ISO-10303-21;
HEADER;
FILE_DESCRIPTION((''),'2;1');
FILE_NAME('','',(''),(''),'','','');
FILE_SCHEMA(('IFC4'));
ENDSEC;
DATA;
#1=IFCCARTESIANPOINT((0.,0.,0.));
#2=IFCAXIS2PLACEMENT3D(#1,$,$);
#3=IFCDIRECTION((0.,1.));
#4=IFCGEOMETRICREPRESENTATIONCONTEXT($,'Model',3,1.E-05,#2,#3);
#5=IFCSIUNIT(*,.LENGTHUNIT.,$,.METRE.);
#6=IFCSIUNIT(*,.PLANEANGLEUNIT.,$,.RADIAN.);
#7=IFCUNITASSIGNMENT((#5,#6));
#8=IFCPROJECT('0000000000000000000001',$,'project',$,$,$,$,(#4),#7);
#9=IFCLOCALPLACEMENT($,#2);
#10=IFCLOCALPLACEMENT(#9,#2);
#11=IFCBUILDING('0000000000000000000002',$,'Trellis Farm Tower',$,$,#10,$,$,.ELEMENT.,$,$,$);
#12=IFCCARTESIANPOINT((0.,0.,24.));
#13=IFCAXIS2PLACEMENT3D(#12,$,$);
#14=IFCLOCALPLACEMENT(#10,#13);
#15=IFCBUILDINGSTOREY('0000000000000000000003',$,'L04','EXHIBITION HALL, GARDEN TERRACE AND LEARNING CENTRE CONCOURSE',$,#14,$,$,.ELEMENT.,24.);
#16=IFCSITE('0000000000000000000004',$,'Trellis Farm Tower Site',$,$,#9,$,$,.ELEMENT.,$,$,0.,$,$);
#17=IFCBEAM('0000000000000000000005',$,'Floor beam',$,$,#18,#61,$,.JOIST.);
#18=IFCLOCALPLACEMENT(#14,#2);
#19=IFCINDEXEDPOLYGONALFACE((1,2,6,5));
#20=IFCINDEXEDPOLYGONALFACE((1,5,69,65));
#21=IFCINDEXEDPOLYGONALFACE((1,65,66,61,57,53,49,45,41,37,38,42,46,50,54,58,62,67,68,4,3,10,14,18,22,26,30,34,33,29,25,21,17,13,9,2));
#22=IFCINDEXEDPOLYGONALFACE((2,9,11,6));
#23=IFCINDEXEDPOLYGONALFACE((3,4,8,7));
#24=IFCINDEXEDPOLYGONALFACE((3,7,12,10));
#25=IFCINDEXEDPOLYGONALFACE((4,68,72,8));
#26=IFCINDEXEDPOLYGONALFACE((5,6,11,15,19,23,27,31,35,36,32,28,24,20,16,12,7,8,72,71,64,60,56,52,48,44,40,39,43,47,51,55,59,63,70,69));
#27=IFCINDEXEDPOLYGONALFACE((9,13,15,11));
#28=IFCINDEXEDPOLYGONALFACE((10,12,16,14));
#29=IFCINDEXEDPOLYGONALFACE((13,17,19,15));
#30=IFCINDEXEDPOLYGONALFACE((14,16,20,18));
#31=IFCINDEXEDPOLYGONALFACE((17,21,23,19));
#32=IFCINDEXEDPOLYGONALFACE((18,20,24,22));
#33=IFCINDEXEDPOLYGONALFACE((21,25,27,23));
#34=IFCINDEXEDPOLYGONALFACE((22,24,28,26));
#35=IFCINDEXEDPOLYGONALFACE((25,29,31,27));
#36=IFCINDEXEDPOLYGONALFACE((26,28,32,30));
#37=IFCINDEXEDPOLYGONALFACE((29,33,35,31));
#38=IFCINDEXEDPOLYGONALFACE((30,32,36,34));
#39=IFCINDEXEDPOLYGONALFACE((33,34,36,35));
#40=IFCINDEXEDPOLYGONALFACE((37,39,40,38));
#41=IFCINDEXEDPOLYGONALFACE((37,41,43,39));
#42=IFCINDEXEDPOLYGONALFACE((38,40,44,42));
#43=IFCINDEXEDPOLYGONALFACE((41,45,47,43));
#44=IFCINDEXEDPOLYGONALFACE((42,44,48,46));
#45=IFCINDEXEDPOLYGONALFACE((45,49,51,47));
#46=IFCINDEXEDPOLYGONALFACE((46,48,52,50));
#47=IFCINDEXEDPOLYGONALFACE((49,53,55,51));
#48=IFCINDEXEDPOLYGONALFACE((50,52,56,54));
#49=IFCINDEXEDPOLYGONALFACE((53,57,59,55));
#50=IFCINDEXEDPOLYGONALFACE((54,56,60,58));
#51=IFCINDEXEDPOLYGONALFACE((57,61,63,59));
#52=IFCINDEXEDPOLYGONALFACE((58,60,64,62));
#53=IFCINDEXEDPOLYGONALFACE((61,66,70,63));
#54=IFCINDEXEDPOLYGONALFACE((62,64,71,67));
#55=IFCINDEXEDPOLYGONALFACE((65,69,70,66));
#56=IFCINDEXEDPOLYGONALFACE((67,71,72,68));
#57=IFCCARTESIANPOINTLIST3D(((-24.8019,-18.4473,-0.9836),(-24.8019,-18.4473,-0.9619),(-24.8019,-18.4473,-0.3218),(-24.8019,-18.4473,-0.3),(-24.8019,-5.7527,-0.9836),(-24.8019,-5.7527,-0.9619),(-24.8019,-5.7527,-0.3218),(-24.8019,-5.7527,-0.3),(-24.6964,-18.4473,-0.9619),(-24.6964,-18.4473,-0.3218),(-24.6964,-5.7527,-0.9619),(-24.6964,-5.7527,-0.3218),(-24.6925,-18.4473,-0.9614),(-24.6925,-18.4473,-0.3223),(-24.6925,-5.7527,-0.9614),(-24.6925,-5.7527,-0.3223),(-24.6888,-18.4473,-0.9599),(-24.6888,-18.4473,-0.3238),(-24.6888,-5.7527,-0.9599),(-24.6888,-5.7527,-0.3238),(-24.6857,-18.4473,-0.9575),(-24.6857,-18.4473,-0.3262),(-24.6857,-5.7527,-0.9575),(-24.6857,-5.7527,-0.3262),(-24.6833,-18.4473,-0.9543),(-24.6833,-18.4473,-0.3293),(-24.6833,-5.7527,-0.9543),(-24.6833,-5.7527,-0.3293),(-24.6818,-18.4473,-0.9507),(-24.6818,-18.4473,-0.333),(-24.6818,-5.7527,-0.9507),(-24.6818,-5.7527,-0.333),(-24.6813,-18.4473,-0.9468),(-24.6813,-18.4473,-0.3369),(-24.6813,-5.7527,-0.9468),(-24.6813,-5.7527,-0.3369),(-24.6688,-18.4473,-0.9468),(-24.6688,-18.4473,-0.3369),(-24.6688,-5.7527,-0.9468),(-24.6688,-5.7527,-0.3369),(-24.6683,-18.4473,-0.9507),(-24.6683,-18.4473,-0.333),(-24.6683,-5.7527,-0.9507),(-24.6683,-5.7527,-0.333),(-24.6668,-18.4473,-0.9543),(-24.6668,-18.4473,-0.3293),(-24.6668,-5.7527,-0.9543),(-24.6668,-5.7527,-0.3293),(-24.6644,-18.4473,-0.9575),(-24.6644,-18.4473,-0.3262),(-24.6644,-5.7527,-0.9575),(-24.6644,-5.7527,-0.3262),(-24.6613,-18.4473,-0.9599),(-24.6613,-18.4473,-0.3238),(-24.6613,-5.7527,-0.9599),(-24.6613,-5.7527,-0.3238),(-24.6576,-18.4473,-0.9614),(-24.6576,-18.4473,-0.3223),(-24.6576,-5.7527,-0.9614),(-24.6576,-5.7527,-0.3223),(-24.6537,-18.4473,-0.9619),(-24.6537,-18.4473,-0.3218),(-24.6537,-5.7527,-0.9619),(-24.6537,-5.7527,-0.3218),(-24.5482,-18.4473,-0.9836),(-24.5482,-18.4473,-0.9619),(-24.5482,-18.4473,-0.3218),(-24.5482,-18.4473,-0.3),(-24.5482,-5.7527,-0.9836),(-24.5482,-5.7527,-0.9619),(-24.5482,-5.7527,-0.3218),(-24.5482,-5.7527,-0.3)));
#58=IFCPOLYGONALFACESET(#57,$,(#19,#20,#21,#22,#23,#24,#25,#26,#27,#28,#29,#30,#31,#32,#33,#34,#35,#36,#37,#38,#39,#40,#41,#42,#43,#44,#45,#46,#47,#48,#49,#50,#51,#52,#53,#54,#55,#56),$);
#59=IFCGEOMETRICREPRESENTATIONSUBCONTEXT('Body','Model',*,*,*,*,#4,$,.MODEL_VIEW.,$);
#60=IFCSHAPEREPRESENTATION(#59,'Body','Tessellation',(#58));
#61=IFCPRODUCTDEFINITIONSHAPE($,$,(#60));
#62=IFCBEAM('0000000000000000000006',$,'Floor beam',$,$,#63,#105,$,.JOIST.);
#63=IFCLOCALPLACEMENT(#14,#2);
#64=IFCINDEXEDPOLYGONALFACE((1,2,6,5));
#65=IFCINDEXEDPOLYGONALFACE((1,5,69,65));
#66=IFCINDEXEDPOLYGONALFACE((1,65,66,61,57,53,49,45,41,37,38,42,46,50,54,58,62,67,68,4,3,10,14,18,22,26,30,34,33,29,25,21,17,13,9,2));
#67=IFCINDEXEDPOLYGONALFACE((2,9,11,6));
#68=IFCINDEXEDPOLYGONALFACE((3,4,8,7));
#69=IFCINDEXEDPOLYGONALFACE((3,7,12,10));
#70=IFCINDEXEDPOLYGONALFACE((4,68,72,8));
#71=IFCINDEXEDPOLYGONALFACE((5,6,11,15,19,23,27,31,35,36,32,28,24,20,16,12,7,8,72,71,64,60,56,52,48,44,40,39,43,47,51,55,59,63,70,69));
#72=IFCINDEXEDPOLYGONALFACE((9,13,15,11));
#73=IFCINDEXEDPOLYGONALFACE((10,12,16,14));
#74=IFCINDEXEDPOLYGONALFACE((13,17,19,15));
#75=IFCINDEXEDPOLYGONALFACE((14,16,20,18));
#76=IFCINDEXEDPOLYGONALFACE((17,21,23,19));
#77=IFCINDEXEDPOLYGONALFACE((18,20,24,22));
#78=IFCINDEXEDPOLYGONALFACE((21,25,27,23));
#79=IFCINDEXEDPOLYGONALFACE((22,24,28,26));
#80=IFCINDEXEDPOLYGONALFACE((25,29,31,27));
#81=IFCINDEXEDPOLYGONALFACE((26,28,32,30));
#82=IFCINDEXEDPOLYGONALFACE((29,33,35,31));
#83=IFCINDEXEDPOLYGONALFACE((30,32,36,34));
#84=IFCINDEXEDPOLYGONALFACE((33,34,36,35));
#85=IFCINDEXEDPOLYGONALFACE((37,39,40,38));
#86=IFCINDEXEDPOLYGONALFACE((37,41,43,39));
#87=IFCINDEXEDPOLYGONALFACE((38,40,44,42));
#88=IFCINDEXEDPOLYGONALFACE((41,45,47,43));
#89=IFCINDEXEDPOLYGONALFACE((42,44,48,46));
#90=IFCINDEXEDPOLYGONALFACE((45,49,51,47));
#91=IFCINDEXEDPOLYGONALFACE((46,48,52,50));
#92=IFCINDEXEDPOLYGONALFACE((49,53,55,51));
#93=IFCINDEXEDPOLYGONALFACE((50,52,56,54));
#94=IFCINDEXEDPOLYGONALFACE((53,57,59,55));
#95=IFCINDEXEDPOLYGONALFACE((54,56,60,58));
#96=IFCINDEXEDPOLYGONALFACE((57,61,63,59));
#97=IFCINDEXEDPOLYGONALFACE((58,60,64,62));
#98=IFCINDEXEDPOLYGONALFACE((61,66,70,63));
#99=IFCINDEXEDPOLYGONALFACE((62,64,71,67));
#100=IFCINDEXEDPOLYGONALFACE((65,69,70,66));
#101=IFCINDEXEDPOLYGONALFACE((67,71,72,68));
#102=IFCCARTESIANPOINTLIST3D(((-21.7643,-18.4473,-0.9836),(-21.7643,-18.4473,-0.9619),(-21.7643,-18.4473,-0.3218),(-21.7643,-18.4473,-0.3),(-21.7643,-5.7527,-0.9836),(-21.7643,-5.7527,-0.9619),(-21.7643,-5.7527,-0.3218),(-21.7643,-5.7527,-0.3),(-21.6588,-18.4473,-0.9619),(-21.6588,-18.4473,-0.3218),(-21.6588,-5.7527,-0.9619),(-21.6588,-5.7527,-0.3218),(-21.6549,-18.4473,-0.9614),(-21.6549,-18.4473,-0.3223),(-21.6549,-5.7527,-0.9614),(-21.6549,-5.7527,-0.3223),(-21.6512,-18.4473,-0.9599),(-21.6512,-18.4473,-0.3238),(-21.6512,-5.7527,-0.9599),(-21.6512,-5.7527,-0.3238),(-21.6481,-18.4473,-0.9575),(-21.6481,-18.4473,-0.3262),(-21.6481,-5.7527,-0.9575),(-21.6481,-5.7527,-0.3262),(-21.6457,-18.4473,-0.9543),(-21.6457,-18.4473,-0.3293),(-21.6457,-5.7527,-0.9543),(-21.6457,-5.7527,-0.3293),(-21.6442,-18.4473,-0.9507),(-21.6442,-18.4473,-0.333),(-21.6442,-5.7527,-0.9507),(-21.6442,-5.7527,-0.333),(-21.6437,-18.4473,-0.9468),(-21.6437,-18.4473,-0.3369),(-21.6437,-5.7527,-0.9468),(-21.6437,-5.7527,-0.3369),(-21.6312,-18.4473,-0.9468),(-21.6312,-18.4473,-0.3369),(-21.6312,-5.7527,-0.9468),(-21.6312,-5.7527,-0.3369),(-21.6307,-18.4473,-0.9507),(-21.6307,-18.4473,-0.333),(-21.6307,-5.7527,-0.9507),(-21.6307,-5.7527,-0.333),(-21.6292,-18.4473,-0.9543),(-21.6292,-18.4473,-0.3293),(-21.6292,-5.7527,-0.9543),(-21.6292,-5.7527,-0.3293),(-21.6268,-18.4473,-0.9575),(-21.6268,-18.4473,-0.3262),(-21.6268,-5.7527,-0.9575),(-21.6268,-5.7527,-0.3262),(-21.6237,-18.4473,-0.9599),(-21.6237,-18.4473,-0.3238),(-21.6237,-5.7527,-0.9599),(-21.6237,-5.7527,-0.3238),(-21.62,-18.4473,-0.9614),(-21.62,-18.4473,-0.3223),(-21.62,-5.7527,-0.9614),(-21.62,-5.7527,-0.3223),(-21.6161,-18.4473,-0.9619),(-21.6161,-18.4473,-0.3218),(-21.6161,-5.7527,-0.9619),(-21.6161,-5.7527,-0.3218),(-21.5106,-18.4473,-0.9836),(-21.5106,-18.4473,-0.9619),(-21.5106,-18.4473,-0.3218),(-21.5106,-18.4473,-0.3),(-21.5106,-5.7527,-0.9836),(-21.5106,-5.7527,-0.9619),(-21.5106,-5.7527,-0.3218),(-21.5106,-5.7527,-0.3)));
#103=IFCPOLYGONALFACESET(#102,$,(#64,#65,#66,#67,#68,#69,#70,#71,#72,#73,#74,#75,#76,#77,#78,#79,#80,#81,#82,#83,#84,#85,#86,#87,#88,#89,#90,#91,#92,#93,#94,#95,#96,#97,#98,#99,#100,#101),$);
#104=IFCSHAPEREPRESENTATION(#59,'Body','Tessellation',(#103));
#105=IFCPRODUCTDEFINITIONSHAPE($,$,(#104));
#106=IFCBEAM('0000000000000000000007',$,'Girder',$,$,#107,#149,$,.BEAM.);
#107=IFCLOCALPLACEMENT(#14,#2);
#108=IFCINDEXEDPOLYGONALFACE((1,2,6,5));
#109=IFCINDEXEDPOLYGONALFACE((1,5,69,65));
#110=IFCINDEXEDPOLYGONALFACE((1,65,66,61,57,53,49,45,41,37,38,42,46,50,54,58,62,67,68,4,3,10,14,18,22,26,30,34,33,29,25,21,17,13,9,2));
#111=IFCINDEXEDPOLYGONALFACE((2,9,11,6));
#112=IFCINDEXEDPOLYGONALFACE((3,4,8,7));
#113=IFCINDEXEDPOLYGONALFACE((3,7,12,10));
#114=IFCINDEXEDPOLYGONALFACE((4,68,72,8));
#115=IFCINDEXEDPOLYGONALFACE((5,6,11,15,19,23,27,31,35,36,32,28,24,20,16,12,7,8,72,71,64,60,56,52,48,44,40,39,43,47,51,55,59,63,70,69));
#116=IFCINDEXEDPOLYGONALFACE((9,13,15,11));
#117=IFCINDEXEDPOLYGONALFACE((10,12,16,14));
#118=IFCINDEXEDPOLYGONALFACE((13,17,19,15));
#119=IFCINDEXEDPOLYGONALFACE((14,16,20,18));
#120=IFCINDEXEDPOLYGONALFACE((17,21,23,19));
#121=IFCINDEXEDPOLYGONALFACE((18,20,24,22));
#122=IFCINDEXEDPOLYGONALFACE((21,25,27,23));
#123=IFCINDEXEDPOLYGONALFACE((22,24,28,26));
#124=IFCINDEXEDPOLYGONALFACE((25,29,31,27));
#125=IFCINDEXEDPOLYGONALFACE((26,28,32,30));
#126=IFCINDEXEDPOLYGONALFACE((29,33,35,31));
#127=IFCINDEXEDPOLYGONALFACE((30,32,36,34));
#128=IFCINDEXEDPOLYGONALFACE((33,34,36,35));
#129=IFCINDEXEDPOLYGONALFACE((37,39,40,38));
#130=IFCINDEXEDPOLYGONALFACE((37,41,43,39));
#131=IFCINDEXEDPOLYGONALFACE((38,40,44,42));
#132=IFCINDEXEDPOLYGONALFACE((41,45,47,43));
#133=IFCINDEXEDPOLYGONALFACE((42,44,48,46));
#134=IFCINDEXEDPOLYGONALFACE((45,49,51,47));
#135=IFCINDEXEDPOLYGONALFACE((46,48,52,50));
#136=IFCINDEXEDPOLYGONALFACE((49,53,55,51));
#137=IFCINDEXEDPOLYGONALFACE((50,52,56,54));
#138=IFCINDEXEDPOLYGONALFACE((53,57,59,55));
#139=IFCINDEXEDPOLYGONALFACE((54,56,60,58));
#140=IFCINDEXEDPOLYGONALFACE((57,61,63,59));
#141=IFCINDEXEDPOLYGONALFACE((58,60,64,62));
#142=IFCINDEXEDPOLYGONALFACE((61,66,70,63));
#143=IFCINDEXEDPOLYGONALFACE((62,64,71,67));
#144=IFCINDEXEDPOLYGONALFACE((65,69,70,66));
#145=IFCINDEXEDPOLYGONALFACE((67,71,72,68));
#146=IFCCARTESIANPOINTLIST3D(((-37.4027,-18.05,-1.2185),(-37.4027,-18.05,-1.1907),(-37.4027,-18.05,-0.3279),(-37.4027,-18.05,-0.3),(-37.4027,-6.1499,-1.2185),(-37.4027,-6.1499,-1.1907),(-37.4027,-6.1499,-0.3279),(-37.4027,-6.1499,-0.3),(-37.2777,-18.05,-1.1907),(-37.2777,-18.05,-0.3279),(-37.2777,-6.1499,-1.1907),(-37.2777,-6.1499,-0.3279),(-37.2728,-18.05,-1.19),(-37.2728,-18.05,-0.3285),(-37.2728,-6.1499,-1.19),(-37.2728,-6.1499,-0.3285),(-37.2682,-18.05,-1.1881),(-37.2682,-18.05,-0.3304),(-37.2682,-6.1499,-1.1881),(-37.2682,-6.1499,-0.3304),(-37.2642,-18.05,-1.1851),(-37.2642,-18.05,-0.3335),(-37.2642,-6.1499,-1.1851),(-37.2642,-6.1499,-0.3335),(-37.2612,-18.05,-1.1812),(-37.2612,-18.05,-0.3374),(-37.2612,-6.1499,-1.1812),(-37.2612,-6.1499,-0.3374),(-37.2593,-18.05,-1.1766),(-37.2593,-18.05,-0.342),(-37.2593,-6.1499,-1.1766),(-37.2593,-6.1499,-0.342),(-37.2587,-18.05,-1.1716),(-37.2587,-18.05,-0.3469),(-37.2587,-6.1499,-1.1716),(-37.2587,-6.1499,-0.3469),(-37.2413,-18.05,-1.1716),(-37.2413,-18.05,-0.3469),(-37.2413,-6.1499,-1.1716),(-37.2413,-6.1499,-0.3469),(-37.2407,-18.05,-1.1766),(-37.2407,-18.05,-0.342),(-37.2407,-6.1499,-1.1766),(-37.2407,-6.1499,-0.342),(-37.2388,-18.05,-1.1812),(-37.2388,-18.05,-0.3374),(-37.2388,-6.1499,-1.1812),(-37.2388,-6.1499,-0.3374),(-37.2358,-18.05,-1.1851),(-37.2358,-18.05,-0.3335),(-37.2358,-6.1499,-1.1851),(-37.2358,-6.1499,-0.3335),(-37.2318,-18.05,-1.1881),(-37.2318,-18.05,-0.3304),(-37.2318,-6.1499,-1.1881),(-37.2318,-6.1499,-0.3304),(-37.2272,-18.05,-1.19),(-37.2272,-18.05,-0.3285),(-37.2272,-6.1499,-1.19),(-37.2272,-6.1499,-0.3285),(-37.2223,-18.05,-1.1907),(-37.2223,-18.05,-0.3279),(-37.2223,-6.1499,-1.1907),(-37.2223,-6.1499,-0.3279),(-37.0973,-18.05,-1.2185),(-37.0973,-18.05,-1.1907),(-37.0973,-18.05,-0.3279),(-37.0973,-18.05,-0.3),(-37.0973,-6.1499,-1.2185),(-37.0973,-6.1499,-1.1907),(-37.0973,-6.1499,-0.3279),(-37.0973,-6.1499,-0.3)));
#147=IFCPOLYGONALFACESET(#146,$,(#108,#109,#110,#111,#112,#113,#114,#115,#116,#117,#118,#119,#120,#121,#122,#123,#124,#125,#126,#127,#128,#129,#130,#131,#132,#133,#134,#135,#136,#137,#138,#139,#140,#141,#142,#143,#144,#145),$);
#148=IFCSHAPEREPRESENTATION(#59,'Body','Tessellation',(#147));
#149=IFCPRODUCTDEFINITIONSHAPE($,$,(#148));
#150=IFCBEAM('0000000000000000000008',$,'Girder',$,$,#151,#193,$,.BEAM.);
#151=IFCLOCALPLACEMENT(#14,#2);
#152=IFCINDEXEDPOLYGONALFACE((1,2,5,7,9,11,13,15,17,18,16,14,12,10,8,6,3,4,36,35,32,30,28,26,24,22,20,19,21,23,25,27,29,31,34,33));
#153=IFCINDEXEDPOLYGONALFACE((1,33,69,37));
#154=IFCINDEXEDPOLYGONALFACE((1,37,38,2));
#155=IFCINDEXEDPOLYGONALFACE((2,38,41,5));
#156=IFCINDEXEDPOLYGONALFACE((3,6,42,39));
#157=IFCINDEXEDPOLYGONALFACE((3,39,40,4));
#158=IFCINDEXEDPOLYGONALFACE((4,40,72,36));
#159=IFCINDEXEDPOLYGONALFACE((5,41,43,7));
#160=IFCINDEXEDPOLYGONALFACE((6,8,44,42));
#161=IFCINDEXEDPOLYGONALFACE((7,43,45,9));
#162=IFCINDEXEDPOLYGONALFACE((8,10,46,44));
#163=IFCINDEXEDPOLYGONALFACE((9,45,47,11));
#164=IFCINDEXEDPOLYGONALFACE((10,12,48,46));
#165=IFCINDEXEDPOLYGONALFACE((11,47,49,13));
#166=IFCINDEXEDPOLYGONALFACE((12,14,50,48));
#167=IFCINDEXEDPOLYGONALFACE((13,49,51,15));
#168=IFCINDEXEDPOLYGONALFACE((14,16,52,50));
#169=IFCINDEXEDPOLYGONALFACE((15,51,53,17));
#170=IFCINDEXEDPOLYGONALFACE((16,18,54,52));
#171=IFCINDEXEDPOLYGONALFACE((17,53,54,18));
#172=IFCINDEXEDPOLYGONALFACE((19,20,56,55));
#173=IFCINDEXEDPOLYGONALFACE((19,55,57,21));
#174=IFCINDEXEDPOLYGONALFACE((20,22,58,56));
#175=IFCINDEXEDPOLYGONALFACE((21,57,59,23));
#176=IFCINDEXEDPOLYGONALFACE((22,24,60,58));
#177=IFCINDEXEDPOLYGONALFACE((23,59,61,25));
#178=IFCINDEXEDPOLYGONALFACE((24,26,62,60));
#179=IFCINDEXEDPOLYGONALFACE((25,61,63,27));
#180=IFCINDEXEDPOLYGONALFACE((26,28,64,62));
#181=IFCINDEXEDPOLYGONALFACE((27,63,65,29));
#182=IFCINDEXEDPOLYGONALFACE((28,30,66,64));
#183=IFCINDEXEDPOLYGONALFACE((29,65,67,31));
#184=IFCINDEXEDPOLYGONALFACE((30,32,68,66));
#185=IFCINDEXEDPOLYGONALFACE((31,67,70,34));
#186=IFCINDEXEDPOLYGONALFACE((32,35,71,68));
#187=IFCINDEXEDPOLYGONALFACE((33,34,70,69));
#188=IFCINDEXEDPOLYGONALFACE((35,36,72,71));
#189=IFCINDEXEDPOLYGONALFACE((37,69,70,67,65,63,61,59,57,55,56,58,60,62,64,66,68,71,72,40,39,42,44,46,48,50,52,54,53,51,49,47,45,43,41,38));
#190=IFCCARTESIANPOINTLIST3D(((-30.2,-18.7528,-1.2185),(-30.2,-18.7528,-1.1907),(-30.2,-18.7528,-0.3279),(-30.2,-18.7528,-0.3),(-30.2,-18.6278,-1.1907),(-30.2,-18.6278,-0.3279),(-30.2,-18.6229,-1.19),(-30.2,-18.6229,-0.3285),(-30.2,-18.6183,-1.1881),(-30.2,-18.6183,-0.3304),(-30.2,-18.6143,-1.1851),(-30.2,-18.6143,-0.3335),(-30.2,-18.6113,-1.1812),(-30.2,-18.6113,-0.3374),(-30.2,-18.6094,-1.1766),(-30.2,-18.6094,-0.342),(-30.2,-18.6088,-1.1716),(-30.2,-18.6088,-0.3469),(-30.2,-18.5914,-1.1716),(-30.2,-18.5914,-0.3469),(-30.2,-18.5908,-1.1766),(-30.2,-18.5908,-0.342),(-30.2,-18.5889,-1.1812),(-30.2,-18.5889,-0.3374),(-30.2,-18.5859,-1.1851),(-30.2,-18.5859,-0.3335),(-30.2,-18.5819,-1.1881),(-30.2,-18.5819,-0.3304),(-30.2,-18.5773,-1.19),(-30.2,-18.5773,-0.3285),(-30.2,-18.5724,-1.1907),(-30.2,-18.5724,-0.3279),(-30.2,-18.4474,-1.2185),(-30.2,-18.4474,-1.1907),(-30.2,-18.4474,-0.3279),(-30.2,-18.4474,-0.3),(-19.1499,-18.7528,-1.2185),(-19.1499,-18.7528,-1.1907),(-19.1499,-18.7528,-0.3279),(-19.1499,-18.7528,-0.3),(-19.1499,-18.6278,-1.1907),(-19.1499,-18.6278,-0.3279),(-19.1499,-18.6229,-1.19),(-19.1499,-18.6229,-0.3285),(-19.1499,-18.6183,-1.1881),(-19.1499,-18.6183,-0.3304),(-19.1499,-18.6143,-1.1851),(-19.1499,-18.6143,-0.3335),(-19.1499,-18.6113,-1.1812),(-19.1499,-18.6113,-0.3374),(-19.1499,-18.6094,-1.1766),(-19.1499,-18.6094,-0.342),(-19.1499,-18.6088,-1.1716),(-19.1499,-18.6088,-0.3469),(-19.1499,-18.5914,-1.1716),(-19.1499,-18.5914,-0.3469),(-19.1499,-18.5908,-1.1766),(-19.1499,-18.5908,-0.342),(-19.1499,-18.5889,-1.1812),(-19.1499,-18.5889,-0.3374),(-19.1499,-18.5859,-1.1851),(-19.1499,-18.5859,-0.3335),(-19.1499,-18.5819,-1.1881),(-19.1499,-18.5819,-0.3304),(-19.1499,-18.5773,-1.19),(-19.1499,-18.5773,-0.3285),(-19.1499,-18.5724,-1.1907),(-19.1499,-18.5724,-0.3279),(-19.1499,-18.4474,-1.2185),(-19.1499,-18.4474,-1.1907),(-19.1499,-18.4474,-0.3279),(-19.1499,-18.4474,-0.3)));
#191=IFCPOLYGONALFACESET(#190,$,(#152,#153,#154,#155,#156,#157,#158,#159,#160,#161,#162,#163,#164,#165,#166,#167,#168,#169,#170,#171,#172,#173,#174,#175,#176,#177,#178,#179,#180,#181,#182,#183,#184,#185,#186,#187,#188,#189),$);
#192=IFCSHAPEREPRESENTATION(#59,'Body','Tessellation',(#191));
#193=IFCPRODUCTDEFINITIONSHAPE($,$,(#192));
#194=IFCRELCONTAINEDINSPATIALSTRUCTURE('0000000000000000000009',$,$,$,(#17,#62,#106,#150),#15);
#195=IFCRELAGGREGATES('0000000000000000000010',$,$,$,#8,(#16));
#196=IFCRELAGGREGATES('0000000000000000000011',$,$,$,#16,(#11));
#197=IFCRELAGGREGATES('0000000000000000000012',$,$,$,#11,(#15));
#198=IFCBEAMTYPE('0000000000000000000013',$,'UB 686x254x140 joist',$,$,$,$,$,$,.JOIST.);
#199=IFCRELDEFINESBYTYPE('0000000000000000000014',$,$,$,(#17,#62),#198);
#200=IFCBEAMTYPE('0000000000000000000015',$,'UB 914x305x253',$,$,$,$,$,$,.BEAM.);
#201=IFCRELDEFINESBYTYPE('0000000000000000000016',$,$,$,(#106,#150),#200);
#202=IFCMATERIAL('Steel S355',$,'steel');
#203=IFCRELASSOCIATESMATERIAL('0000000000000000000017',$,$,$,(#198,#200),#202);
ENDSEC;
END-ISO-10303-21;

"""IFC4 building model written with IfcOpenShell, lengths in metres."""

from ifc_helpers import new_model, si_unit, direction, frame, origin, origin_2d, place, context, subcontext, project, spatial, i_section, extrude, source, transform, mapped, material, material_profile, profile_set, type_object, element, save


model = new_model("IFC4")

# Units and contexts
model_context = context("Model", 3, precision=1e-05, world=origin(), true_north=direction((0.0, 1.0)))
body_context = subcontext(model_context, "Body", "Model", "MODEL_VIEW")
ifc_project = project(units=[si_unit("LENGTHUNIT", "METRE"), si_unit("PLANEANGLEUNIT", "RADIAN")], contexts=[model_context])

# Site, building, storey
site_placement = place(None, origin())
site = spatial("IfcSite", under=ifc_project, at=site_placement, Name="Trellis Farm Tower Site", CompositionType="ELEMENT", RefElevation=0.0)
building_placement = place(site_placement, origin())
building = spatial("IfcBuilding", under=site, at=building_placement, Name="Trellis Farm Tower", CompositionType="ELEMENT")
storey_placement = place(building_placement, frame((0.0, 0.0, 24.0)))
storey = spatial("IfcBuildingStorey", under=building, at=storey_placement, Name="L04", Description="EXHIBITION HALL, GARDEN TERRACE AND LEARNING CENTRE CONCOURSE", CompositionType="ELEMENT", Elevation=24.0)

# Beams
ifc_material_1 = material(Name="Steel S355", Category="steel")
ifc_material_profile_1 = material_profile(ifc_material_1, i_section(OverallWidth=0.2537, OverallDepth=0.6836, WebThickness=0.0125, FlangeThickness=0.0217, FilletRadius=0.0151, at=origin_2d()), Name="UB 686x254x140")
ifc_profile_set_1 = profile_set([ifc_material_profile_1], Name="Steel S355")
beam_type_1 = type_object("IfcBeamType", Name="UB 686x254x140 joist", PredefinedType="JOIST", material=ifc_profile_set_1)
shared_shape_1 = source(origin(), body_context, "Body", "SweptSolid", [
    extrude(i_section(OverallWidth=0.2537, OverallDepth=0.6836, WebThickness=0.0125, FlangeThickness=0.0217, FilletRadius=0.0151, at=origin_2d()), origin(), (0.0, 0.0, 1.0), 12.6946),
])
for number, where, z_axis, x_axis, name in (
    (1, (-24.675, -18.4473, -0.6418), (0.0, 1.0, 0.0), (-1.0, 0.0, 0.0), "Floor beam"),
    (2, (-21.6375, -18.4473, -0.6418), (0.0, 1.0, 0.0), (-1.0, 0.0, 0.0), "Floor beam"),
):
    element("IfcBeam", number, at=place(storey_placement, frame(where, z_axis=z_axis, x_axis=x_axis)), inside=storey, type_object=beam_type_1, Name=name, PredefinedType="JOIST", context=body_context, shape_type="MappedRepresentation", body=[
        mapped(shared_shape_1, transform((0.0, 0.0, 0.0))),
    ])
ifc_material_profile_2 = material_profile(ifc_material_1, i_section(OverallWidth=0.3054, OverallDepth=0.9185, WebThickness=0.0173, FlangeThickness=0.0278, FilletRadius=0.019, at=origin_2d()), Name="UB 914x305x253")
ifc_profile_set_2 = profile_set([ifc_material_profile_2], Name="Steel S355")
beam_type_2 = type_object("IfcBeamType", Name="UB 914x305x253", PredefinedType="BEAM", material=ifc_profile_set_2)
shared_shape_2 = source(origin(), body_context, "Body", "SweptSolid", [
    extrude(i_section(OverallWidth=0.3054, OverallDepth=0.9185, WebThickness=0.0173, FlangeThickness=0.0278, FilletRadius=0.019, at=origin_2d()), origin(), (0.0, 0.0, 1.0), 11.9001),
])
beam_1_placement = place(storey_placement, frame((-37.25, -18.05, -0.7593), z_axis=(0.0, 1.0, 0.0), x_axis=(-1.0, 0.0, 0.0)))
element("IfcBeam", 3, at=beam_1_placement, inside=storey, type_object=beam_type_2, Name="Girder", PredefinedType="BEAM", context=body_context, shape_type="MappedRepresentation", body=[
    mapped(shared_shape_2, transform((0.0, 0.0, 0.0))),
])
shared_shape_3 = source(origin(), body_context, "Body", "SweptSolid", [
    extrude(i_section(OverallWidth=0.3054, OverallDepth=0.9185, WebThickness=0.0173, FlangeThickness=0.0278, FilletRadius=0.019, at=origin_2d()), origin(), (0.0, 0.0, 1.0), 11.05),
])
beam_2_placement = place(storey_placement, frame((-30.2, -18.6001, -0.7593), z_axis=(1.0, 0.0, 0.0), x_axis=(0.0, 1.0, 0.0)))
element("IfcBeam", 4, at=beam_2_placement, inside=storey, type_object=beam_type_2, Name="Girder", PredefinedType="BEAM", context=body_context, shape_type="MappedRepresentation", body=[
    mapped(shared_shape_3, transform((0.0, 0.0, 0.0))),
])

save(model, "model.ifc")
